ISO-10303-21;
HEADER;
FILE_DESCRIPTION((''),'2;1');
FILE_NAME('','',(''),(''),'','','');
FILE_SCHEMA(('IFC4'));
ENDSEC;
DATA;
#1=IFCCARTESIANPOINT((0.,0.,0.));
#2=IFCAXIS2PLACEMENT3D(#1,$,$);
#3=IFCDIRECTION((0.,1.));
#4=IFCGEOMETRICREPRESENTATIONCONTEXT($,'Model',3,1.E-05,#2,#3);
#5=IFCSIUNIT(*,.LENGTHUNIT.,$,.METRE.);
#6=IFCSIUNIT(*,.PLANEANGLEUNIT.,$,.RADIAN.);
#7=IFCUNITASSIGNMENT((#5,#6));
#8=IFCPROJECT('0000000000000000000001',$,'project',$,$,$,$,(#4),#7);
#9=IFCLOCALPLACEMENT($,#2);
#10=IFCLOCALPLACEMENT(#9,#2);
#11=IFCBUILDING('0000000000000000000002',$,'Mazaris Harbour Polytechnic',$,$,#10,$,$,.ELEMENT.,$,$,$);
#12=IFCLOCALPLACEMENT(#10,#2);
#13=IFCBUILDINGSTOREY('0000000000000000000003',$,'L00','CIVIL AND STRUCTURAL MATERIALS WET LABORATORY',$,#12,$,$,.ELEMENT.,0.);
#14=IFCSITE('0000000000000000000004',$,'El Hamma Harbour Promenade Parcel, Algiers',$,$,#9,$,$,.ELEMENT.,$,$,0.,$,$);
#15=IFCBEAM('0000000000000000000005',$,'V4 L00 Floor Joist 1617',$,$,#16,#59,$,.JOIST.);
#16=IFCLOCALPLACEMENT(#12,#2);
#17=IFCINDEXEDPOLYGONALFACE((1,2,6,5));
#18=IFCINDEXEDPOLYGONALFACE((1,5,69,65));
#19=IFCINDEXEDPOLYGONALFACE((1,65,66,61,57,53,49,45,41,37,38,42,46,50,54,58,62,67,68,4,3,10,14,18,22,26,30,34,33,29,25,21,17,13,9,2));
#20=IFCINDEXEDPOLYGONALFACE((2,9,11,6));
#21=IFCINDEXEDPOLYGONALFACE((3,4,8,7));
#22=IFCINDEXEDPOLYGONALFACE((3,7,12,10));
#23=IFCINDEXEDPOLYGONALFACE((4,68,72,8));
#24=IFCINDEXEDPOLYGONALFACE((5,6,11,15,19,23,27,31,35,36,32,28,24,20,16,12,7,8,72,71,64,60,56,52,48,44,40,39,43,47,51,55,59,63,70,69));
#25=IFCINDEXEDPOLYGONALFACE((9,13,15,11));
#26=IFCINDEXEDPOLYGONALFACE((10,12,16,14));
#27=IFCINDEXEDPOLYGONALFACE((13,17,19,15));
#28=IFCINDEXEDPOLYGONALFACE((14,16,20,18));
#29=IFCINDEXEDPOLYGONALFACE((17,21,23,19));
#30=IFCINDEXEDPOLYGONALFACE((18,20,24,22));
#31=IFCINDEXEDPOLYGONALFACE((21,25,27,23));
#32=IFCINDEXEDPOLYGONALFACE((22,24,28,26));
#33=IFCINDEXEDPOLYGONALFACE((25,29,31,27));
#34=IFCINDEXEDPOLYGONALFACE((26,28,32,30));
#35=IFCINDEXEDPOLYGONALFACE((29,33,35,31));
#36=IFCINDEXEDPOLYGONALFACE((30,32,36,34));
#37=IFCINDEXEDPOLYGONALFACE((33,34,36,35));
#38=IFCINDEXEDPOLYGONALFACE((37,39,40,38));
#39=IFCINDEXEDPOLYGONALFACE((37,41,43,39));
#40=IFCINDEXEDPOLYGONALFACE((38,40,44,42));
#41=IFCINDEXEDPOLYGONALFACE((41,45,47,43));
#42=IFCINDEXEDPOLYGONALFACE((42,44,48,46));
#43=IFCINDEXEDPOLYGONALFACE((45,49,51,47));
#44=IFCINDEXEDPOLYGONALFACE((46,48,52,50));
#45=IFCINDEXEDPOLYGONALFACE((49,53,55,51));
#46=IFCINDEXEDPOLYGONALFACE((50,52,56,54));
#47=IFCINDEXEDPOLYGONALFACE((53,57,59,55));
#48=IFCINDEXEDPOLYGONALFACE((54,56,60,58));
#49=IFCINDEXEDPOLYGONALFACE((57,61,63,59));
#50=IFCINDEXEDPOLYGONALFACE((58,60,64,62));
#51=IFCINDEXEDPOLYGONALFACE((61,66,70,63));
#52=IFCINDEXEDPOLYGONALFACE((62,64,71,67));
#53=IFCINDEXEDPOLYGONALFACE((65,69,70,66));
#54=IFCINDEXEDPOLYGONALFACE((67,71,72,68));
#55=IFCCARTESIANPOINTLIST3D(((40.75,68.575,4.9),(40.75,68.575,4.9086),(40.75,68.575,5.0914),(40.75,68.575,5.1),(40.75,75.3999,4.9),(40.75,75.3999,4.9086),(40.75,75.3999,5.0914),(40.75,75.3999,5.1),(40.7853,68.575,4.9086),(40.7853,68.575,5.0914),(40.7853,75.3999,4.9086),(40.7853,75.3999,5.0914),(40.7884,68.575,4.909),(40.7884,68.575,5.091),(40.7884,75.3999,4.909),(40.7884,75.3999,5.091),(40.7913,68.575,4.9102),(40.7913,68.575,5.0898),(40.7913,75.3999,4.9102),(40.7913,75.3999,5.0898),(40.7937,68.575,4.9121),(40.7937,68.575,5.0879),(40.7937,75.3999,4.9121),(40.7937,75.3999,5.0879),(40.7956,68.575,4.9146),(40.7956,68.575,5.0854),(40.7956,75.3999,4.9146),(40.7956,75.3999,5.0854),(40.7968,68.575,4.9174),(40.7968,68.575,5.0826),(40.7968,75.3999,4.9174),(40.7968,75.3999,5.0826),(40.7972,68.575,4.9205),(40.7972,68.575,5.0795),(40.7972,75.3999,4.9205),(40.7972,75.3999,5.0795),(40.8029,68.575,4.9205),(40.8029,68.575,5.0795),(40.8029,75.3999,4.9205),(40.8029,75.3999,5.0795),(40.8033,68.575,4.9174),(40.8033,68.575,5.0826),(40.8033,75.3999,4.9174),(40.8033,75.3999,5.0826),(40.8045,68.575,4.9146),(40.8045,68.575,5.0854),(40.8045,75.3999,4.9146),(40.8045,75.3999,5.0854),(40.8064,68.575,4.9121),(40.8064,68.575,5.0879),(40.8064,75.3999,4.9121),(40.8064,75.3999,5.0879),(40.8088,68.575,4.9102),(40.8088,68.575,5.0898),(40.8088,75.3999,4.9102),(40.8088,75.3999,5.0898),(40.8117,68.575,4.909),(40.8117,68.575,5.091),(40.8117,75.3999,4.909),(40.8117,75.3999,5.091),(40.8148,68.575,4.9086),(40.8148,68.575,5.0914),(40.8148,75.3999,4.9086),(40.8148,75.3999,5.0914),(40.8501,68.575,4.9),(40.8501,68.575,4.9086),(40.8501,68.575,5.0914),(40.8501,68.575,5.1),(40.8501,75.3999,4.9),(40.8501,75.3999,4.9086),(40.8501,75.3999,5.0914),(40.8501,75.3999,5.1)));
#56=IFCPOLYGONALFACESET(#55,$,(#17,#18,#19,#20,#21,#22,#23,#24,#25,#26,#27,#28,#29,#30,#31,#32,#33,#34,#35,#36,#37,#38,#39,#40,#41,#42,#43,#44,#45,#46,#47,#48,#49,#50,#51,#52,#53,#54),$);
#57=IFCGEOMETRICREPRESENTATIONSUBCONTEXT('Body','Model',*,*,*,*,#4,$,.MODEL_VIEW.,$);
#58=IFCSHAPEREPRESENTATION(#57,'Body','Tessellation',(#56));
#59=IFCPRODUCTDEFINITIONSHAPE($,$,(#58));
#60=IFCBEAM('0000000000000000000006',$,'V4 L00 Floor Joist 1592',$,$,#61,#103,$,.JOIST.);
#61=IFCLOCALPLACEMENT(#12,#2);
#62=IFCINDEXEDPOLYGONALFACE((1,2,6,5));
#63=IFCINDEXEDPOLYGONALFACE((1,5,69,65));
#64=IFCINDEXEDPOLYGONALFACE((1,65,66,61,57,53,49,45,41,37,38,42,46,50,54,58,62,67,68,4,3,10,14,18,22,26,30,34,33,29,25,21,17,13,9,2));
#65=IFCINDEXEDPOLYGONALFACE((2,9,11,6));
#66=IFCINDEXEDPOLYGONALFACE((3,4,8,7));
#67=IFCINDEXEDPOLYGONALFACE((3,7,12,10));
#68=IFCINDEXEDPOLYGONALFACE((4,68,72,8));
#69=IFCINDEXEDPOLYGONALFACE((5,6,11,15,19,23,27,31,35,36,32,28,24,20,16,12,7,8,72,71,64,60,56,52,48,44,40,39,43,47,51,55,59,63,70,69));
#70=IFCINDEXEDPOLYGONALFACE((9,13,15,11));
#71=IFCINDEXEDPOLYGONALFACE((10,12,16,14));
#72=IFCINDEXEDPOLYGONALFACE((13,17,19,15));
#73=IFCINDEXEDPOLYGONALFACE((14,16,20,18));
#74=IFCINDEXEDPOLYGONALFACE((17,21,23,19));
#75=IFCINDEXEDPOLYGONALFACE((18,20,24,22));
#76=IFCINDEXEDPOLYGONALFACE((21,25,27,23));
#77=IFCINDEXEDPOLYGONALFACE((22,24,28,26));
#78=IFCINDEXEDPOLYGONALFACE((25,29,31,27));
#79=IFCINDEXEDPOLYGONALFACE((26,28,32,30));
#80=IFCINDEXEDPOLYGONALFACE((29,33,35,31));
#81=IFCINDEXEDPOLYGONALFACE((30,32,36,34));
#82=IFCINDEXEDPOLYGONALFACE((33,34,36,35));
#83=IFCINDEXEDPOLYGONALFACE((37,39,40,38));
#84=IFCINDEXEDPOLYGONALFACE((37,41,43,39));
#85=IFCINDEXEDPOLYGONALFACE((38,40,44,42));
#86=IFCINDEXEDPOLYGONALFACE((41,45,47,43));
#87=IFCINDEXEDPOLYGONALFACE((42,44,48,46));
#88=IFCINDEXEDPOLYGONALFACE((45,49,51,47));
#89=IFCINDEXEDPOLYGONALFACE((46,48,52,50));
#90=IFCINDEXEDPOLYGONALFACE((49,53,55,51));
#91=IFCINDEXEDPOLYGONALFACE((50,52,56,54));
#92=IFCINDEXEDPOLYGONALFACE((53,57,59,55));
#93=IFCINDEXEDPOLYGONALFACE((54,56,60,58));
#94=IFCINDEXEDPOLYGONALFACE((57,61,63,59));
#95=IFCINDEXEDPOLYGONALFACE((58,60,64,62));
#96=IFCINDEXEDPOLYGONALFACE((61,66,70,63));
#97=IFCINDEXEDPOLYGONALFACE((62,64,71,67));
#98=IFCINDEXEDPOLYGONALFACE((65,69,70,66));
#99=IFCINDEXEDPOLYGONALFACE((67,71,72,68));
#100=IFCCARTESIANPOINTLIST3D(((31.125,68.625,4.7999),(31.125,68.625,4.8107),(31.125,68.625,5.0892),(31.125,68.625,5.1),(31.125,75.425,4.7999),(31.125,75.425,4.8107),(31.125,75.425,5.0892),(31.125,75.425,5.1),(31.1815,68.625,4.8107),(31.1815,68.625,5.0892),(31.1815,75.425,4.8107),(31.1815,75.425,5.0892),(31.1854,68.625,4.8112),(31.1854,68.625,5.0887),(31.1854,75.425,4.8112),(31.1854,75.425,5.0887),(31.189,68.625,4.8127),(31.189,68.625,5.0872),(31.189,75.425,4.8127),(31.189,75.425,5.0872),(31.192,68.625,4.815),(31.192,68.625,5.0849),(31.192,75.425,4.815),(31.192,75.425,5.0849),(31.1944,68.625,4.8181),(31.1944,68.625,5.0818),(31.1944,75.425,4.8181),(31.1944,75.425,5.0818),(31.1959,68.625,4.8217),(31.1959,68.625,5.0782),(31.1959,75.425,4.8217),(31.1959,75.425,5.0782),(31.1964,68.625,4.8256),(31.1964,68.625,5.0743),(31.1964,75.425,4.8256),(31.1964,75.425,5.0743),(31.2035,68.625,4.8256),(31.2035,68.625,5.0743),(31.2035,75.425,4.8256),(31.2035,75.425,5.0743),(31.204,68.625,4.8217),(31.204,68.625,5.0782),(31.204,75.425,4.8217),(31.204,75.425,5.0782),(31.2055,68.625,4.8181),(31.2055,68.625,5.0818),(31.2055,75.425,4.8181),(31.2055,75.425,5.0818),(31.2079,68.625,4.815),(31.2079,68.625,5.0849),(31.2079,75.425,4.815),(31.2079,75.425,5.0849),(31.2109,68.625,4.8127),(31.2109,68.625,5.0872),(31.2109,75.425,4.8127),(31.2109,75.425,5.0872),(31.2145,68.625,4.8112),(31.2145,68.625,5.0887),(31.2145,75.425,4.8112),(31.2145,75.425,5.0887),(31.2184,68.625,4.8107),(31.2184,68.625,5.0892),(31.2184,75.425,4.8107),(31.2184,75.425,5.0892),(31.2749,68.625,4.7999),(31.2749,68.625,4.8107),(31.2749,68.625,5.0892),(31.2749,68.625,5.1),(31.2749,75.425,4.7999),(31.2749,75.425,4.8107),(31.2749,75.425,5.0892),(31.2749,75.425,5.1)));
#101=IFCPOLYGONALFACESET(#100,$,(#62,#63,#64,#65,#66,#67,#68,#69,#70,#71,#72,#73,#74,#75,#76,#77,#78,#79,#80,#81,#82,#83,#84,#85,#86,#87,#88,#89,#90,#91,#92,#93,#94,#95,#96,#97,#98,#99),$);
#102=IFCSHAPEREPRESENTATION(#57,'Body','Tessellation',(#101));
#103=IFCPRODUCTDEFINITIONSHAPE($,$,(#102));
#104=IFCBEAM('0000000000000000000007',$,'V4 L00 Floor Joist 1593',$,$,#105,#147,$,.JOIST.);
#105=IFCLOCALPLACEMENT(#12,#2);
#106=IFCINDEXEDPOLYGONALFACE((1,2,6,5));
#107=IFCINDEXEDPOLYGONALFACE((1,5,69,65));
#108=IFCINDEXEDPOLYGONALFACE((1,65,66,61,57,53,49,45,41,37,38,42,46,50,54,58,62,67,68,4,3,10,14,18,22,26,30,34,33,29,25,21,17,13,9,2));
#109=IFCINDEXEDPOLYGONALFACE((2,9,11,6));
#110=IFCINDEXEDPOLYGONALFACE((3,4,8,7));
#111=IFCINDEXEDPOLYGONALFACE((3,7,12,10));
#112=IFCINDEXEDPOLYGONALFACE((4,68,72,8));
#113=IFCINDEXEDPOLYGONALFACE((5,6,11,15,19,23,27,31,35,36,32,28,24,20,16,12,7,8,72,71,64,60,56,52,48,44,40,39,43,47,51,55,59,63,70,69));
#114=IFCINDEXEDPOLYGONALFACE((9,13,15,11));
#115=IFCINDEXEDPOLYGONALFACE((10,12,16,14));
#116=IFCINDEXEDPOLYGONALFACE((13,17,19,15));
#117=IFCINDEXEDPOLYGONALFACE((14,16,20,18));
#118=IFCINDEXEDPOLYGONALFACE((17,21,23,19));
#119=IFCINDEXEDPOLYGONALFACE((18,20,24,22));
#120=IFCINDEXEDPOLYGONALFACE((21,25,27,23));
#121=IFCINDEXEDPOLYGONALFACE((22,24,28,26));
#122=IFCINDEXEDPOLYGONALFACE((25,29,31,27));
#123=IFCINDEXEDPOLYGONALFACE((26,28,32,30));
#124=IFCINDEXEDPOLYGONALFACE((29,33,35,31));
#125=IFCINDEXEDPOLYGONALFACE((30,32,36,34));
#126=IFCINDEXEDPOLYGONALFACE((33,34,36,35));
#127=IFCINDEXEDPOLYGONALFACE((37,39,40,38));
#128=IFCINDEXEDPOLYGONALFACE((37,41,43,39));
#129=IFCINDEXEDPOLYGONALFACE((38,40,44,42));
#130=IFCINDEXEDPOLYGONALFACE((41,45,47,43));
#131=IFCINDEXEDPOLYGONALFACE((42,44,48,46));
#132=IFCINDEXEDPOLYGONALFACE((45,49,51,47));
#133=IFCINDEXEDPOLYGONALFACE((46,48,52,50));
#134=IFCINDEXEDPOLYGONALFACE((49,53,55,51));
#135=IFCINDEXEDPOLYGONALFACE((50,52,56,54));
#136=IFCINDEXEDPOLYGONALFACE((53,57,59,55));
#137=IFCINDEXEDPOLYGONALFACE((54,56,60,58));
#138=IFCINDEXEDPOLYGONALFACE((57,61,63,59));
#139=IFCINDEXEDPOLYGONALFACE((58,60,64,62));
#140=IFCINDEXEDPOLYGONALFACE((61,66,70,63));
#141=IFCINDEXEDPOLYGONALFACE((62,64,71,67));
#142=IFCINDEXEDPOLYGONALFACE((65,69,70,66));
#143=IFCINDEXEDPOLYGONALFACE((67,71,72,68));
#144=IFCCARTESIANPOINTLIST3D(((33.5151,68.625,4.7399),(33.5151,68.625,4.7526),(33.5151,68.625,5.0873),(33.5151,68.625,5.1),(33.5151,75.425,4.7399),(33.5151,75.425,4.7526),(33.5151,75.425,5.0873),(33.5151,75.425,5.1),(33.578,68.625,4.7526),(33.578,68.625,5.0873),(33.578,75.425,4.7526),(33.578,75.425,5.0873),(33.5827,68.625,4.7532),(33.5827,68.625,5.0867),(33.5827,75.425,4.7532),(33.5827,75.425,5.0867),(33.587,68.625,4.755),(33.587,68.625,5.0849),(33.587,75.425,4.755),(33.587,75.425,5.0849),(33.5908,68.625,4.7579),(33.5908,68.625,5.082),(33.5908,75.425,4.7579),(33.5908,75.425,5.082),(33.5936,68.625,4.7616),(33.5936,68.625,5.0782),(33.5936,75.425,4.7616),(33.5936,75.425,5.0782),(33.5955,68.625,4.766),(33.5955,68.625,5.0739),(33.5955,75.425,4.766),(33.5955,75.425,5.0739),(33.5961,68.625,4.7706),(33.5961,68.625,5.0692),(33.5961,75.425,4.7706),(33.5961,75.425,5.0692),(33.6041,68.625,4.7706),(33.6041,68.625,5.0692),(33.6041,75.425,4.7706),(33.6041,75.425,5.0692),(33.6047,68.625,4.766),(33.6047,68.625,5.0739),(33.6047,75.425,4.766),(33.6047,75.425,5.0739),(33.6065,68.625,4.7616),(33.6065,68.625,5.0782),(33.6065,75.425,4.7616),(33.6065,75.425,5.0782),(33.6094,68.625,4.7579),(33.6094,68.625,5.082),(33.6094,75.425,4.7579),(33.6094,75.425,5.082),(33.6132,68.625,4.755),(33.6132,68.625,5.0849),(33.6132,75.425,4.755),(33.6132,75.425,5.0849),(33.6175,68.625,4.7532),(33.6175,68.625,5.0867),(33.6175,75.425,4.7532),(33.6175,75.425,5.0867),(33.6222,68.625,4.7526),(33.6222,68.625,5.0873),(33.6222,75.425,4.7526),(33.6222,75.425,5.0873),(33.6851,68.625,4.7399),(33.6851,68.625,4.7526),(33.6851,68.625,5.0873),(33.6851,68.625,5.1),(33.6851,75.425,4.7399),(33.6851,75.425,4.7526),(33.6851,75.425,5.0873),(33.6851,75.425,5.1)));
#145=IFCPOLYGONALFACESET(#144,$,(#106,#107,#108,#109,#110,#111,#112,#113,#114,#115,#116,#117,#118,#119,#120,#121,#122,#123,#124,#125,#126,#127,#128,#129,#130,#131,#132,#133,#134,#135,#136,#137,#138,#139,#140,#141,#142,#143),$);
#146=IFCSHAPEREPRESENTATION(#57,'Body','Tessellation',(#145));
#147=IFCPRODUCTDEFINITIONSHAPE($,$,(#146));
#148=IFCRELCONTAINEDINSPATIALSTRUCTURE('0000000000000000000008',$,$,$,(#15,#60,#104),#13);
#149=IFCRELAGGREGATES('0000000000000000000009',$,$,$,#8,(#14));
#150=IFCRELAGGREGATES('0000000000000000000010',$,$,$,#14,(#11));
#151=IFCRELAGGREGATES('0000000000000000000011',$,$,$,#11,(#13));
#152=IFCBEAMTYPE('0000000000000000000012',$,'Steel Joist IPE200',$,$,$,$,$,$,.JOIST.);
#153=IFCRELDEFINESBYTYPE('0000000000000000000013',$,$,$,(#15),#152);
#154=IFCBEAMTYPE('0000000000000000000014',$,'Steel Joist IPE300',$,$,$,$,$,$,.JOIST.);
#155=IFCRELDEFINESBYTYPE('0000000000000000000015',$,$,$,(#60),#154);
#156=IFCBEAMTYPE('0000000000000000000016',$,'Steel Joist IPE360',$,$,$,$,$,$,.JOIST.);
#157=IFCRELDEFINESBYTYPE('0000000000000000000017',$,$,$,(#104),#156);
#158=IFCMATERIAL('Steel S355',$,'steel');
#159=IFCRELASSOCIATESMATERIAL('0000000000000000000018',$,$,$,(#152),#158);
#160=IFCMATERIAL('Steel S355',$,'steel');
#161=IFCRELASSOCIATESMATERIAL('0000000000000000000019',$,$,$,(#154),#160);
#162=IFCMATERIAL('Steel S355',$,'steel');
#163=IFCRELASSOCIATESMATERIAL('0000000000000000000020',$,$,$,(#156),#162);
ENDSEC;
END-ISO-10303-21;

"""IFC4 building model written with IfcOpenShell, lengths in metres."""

from ifc_helpers import new_model, si_unit, direction, frame, origin, origin_2d, place, context, subcontext, project, spatial, i_section, extrude, material, material_profile, profile_set, type_object, element, save


model = new_model("IFC4")

# Units and contexts
model_context = context("Model", 3, precision=1e-05, world=origin(), true_north=direction((0.0, 1.0)))
body_context = subcontext(model_context, "Body", "Model", "MODEL_VIEW")
ifc_project = project(units=[si_unit("LENGTHUNIT", "METRE"), si_unit("PLANEANGLEUNIT", "RADIAN")], contexts=[model_context])

# Site, building, storey
site_placement = place(None, origin())
site = spatial("IfcSite", under=ifc_project, at=site_placement, Name="El Hamma Harbour Promenade Parcel, Algiers", CompositionType="ELEMENT", RefElevation=0.0)
building_placement = place(site_placement, origin())
building = spatial("IfcBuilding", under=site, at=building_placement, Name="Mazaris Harbour Polytechnic", CompositionType="ELEMENT")
storey_placement = place(building_placement, origin())
storey = spatial("IfcBuildingStorey", under=building, at=storey_placement, Name="L00", Description="CIVIL AND STRUCTURAL MATERIALS WET LABORATORY", CompositionType="ELEMENT", Elevation=0.0)

# Beams
ifc_material_1 = material(Name="Steel S355", Category="steel")
ifc_material_profile_1 = material_profile(ifc_material_1, i_section(OverallWidth=0.1001, OverallDepth=0.2, WebThickness=0.0056, FlangeThickness=0.0085, FilletRadius=0.012, at=origin_2d()), Name="IPE 200")
ifc_profile_set_1 = profile_set([ifc_material_profile_1], Name="Steel S355")
beam_type_1 = type_object("IfcBeamType", Name="Steel Joist IPE200", PredefinedType="JOIST", material=ifc_profile_set_1)
beam_1_placement = place(storey_placement, frame((40.8, 68.575, 5.0), z_axis=(0.0, 1.0, 0.0), x_axis=(-1.0, 0.0, 0.0)))
element("IfcBeam", 1, at=beam_1_placement, inside=storey, type_object=beam_type_1, Name="V4 L00 Floor Joist 1617", PredefinedType="JOIST", context=body_context, shape_type="SweptSolid", body=[
    extrude(i_section(OverallWidth=0.1001, OverallDepth=0.2, WebThickness=0.0056, FlangeThickness=0.0085, FilletRadius=0.012, at=origin_2d()), origin(), (0.0, 0.0, 1.0), 6.825),
])
ifc_material_2 = material(Name="Steel S355", Category="steel")
ifc_material_profile_2 = material_profile(ifc_material_2, i_section(OverallWidth=0.1499, OverallDepth=0.3, WebThickness=0.0071, FlangeThickness=0.0107, FilletRadius=0.0149, at=origin_2d()), Name="IPE 300")
ifc_profile_set_2 = profile_set([ifc_material_profile_2], Name="Steel S355")
beam_type_2 = type_object("IfcBeamType", Name="Steel Joist IPE300", PredefinedType="JOIST", material=ifc_profile_set_2)
beam_2_placement = place(storey_placement, frame((31.2, 68.625, 4.95), z_axis=(0.0, 1.0, 0.0), x_axis=(-1.0, 0.0, 0.0)))
element("IfcBeam", 2, at=beam_2_placement, inside=storey, type_object=beam_type_2, Name="V4 L00 Floor Joist 1592", PredefinedType="JOIST", context=body_context, shape_type="SweptSolid", body=[
    extrude(i_section(OverallWidth=0.1499, OverallDepth=0.3, WebThickness=0.0071, FlangeThickness=0.0107, FilletRadius=0.0149, at=origin_2d()), origin(), (0.0, 0.0, 1.0), 6.8),
])
ifc_material_3 = material(Name="Steel S355", Category="steel")
ifc_material_profile_3 = material_profile(ifc_material_3, i_section(OverallWidth=0.1699, OverallDepth=0.3601, WebThickness=0.0081, FlangeThickness=0.0127, FilletRadius=0.0181, at=origin_2d()), Name="IPE 360")
ifc_profile_set_3 = profile_set([ifc_material_profile_3], Name="Steel S355")
beam_type_3 = type_object("IfcBeamType", Name="Steel Joist IPE360", PredefinedType="JOIST", material=ifc_profile_set_3)
beam_3_placement = place(storey_placement, frame((33.6001, 68.625, 4.9199), z_axis=(0.0, 1.0, 0.0), x_axis=(-1.0, 0.0, 0.0)))
element("IfcBeam", 3, at=beam_3_placement, inside=storey, type_object=beam_type_3, Name="V4 L00 Floor Joist 1593", PredefinedType="JOIST", context=body_context, shape_type="SweptSolid", body=[
    extrude(i_section(OverallWidth=0.1699, OverallDepth=0.3601, WebThickness=0.0081, FlangeThickness=0.0127, FilletRadius=0.0181, at=origin_2d()), origin(), (0.0, 0.0, 1.0), 6.8),
])

save(model, "model.ifc")
